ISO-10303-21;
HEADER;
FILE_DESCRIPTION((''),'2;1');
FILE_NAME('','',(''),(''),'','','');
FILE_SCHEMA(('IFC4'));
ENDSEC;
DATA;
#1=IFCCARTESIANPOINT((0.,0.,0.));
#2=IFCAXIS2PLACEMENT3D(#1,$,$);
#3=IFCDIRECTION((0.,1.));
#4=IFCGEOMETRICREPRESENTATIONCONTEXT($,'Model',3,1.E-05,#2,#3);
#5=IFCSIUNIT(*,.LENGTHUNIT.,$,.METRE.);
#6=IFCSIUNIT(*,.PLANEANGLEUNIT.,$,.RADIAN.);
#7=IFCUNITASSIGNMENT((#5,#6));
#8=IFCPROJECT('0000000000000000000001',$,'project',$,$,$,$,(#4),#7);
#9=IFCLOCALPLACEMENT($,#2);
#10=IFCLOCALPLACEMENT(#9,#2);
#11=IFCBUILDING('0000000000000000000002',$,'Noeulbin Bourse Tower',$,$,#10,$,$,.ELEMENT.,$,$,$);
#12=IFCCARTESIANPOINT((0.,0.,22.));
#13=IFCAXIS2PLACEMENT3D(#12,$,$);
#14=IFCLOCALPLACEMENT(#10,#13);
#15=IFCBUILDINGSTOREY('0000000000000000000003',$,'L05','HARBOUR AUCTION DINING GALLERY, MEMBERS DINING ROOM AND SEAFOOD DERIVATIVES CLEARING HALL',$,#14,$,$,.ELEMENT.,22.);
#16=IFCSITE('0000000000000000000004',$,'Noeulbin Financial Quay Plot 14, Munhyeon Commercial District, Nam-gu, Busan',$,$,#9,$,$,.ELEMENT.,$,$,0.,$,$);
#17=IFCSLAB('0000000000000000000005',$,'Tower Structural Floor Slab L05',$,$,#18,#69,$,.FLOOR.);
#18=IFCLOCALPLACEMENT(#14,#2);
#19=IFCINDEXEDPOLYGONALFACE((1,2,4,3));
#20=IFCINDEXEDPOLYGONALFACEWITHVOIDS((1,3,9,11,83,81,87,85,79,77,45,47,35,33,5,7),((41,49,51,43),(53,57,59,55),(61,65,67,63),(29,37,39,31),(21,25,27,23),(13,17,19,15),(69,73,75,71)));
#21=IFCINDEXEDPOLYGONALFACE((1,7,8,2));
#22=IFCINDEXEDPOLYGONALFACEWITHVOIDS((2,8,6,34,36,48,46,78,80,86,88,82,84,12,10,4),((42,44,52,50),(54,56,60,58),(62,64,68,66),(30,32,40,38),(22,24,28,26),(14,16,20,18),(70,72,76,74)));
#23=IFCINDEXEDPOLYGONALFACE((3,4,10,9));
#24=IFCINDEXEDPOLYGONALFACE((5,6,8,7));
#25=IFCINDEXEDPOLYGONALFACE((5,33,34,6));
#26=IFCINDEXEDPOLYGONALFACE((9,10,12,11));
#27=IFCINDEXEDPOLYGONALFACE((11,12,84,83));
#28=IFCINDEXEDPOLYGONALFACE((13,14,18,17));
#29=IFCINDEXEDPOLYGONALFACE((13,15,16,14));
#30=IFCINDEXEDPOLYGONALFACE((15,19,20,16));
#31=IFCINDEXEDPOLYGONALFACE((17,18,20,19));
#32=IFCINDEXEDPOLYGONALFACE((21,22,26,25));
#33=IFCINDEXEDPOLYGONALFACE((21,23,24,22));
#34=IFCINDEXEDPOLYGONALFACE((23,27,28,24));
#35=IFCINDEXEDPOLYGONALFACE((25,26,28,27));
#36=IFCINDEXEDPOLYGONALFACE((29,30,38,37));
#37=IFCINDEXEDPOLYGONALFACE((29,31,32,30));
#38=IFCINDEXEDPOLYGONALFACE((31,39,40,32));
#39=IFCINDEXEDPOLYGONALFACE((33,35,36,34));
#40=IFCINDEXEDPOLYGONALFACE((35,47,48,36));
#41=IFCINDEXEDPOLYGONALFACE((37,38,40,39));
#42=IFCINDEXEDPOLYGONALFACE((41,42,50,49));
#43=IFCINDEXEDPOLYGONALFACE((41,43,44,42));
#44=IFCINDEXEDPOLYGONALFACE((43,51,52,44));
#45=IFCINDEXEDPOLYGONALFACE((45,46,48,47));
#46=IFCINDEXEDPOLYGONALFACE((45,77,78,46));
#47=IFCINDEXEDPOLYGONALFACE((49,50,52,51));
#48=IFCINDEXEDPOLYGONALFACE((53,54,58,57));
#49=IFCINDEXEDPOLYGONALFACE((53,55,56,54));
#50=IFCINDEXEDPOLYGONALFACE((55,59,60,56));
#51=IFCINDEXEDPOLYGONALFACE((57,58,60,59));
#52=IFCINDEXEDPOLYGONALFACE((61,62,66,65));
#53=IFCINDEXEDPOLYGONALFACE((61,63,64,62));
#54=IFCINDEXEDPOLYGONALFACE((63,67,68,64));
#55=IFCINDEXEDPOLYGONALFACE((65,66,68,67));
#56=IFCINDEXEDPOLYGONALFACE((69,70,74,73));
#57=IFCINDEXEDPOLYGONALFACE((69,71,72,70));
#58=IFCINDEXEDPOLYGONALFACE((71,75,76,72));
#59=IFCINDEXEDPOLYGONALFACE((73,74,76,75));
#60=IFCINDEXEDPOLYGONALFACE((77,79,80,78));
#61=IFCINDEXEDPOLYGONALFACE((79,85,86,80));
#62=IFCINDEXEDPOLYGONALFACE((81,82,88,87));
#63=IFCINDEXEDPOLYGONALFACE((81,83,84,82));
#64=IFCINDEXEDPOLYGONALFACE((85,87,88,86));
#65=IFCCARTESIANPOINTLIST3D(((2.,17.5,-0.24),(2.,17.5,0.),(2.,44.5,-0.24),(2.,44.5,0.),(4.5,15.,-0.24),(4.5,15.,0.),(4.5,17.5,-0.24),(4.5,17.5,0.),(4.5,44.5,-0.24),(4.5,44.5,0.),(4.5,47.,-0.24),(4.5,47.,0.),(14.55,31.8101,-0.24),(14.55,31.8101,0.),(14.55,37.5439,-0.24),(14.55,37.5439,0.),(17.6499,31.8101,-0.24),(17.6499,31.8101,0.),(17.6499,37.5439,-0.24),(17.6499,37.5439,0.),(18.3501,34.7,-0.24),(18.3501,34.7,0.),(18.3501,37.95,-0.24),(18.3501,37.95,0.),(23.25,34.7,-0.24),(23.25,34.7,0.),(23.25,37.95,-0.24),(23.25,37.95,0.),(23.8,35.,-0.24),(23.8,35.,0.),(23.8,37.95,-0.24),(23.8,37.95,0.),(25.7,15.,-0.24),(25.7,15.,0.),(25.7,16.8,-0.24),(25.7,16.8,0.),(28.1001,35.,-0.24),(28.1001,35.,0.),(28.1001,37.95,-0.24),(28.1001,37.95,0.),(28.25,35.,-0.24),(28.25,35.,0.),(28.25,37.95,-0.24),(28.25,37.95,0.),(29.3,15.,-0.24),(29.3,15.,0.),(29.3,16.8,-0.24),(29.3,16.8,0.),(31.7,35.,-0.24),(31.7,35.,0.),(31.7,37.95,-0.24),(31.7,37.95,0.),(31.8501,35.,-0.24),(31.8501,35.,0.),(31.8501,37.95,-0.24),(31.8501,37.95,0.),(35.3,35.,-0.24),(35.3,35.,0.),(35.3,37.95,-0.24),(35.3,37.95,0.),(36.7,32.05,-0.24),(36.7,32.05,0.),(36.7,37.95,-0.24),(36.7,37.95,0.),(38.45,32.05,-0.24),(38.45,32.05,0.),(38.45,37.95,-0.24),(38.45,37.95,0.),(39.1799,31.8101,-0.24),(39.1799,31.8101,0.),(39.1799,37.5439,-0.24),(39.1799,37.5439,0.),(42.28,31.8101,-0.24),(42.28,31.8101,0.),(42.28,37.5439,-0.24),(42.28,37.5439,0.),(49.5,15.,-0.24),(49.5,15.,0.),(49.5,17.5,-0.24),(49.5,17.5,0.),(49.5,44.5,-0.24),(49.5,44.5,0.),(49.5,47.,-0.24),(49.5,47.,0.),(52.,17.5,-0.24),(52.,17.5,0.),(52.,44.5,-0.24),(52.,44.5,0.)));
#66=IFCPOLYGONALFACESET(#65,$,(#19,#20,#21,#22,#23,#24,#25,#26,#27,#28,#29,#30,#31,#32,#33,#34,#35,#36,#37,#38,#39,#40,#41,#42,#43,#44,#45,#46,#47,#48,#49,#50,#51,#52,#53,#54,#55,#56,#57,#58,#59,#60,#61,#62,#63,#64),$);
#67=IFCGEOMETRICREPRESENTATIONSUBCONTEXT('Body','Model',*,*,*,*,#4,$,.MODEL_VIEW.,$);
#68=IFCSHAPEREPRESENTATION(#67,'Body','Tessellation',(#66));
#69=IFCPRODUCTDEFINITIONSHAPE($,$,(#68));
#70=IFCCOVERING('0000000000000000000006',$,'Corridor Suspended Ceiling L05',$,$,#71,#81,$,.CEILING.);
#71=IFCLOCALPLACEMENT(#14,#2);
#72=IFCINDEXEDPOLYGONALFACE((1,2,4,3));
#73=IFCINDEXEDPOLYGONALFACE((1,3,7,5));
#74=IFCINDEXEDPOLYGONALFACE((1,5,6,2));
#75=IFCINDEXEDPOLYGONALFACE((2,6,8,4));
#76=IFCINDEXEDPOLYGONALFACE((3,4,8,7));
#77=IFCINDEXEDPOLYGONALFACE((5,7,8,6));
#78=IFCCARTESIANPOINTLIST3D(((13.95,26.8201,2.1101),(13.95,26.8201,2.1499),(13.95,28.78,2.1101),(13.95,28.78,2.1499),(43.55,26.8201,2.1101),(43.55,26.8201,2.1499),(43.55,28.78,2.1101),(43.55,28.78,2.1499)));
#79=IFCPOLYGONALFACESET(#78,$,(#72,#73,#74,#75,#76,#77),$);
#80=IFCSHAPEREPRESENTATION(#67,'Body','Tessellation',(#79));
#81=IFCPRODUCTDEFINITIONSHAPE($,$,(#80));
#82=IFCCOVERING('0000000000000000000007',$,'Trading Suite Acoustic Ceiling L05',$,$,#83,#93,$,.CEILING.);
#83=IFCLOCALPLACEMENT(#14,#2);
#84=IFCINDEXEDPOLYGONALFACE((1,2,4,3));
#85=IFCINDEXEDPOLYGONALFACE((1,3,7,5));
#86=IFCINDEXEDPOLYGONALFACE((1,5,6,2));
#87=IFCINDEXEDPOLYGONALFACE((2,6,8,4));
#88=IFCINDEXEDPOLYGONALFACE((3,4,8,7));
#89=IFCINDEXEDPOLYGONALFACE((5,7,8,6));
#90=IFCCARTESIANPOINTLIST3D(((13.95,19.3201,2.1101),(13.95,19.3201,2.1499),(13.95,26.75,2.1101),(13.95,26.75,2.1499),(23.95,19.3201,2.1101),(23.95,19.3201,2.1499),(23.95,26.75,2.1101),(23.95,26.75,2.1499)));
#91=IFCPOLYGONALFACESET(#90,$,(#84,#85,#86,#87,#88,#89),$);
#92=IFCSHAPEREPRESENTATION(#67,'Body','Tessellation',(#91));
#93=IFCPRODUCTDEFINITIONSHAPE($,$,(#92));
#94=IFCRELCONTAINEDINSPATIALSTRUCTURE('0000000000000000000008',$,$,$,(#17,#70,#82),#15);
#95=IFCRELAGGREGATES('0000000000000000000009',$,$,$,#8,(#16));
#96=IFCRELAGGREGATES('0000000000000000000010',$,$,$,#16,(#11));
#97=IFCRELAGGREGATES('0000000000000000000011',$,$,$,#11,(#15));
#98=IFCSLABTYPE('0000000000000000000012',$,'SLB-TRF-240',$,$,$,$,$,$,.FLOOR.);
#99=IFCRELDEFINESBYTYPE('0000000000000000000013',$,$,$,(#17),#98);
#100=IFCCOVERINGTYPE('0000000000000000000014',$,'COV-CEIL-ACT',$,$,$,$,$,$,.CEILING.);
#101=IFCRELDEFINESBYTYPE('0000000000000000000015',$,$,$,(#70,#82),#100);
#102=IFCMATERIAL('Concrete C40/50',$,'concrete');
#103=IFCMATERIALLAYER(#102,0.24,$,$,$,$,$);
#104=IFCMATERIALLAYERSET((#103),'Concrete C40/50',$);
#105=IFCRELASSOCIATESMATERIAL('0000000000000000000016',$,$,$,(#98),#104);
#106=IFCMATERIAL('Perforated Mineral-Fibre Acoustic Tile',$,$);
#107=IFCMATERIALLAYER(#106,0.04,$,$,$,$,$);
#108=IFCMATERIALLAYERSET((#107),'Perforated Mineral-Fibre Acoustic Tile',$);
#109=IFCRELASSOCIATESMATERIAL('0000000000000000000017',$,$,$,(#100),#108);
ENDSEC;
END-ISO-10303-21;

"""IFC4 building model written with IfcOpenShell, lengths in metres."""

from ifc_helpers import new_model, si_unit, direction, frame, origin, place, context, subcontext, project, spatial, polyline, outline, extrude, material, layer, layer_set, type_object, element, save


model = new_model("IFC4")

# Units and contexts
model_context = context("Model", 3, precision=1e-05, world=origin(), true_north=direction((0.0, 1.0)))
body_context = subcontext(model_context, "Body", "Model", "MODEL_VIEW")
ifc_project = project(units=[si_unit("LENGTHUNIT", "METRE"), si_unit("PLANEANGLEUNIT", "RADIAN")], contexts=[model_context])

# Site, building, storey
site_placement = place(None, origin())
site = spatial("IfcSite", under=ifc_project, at=site_placement, Name="Noeulbin Financial Quay Plot 14, Munhyeon Commercial District, Nam-gu, Busan", CompositionType="ELEMENT", RefElevation=0.0)
building_placement = place(site_placement, origin())
building = spatial("IfcBuilding", under=site, at=building_placement, Name="Noeulbin Bourse Tower", CompositionType="ELEMENT")
storey_placement = place(building_placement, frame((0.0, 0.0, 22.0)))
storey = spatial("IfcBuildingStorey", under=building, at=storey_placement, Name="L05", Description="HARBOUR AUCTION DINING GALLERY, MEMBERS DINING ROOM AND SEAFOOD DERIVATIVES CLEARING HALL", CompositionType="ELEMENT", Elevation=22.0)

# Shared definitions
ifc_material_1 = material(Name="Concrete C40/50", Category="concrete")

# Slab, openings
ifc_layer_1 = layer(ifc_material_1, 0.24)
ifc_layer_set_1 = layer_set([ifc_layer_1], Name="Concrete C40/50")
slab_type_1 = type_object("IfcSlabType", Name="SLB-TRF-240", PredefinedType="FLOOR", material=ifc_layer_set_1)
slab_1_placement = place(storey_placement, frame((0.0, 0.0, -0.24)))
slab_1 = element("IfcSlab", 1, at=slab_1_placement, inside=storey, type_object=slab_type_1, Name="Tower Structural Floor Slab L05", PredefinedType="FLOOR", context=body_context, shape_type="SweptSolid", body=[
    extrude(outline(polyline([(4.5, 15.0), (25.7, 15.0), (25.7, 16.8), (29.3, 16.8), (29.3, 15.0), (49.5, 15.0), (49.5, 17.5), (52.0, 17.5), (52.0, 44.5), (49.5, 44.5), (49.5, 47.0), (4.5, 47.0), (4.5, 44.5), (2.0, 44.5), (2.0, 17.5), (4.5, 17.5), (4.5, 15.0)]), holes=[polyline([(17.6499, 31.8101), (17.6499, 37.5439), (14.55, 37.5439), (14.55, 31.8101), (17.6499, 31.8101)]), polyline([(42.28, 31.8101), (42.28, 37.5439), (39.1799, 37.5439), (39.1799, 31.8101), (42.28, 31.8101)]), polyline([(18.3501, 34.7), (23.25, 34.7), (23.25, 37.95), (18.3501, 37.95), (18.3501, 34.7)]), polyline([(36.7, 32.05), (38.45, 32.05), (38.45, 37.95), (36.7, 37.95), (36.7, 32.05)]), polyline([(23.8, 35.0), (28.1001, 35.0), (28.1001, 37.95), (23.8, 37.95), (23.8, 35.0)]), polyline([(28.25, 35.0), (31.7, 35.0), (31.7, 37.95), (28.25, 37.95), (28.25, 35.0)]), polyline([(31.8501, 35.0), (35.3, 35.0), (35.3, 37.95), (31.8501, 37.95), (31.8501, 35.0)])]), origin(), (0.0, 0.0, 1.0), 0.24),
])
opening_1_placement = place(slab_1_placement, frame((0.0, 0.0, -0.01)))
element("IfcOpeningElement", 2, at=opening_1_placement, cuts=slab_1, PredefinedType="OPENING", context=body_context, shape_type="SweptSolid", body=[
    extrude(outline(polyline([(17.6499, 31.8101), (17.6499, 37.5439), (14.55, 37.5439), (14.55, 31.8101), (17.6499, 31.8101)])), origin(), (0.0, 0.0, 1.0), 0.26),
])
opening_2_placement = place(slab_1_placement, frame((0.0, 0.0, -0.01)))
element("IfcOpeningElement", 3, at=opening_2_placement, cuts=slab_1, PredefinedType="OPENING", context=body_context, shape_type="SweptSolid", body=[
    extrude(outline(polyline([(42.28, 31.8101), (42.28, 37.5439), (39.1799, 37.5439), (39.1799, 31.8101), (42.28, 31.8101)])), origin(), (0.0, 0.0, 1.0), 0.26),
])
opening_3_placement = place(slab_1_placement, frame((0.0, 0.0, -0.01)))
element("IfcOpeningElement", 4, at=opening_3_placement, cuts=slab_1, PredefinedType="OPENING", context=body_context, shape_type="SweptSolid", body=[
    extrude(outline(polyline([(18.3501, 34.7), (23.25, 34.7), (23.25, 37.95), (18.3501, 37.95), (18.3501, 34.7)])), origin(), (0.0, 0.0, 1.0), 0.26),
])
opening_4_placement = place(slab_1_placement, frame((0.0, 0.0, -0.01)))
element("IfcOpeningElement", 5, at=opening_4_placement, cuts=slab_1, PredefinedType="OPENING", context=body_context, shape_type="SweptSolid", body=[
    extrude(outline(polyline([(36.7, 32.05), (38.45, 32.05), (38.45, 37.95), (36.7, 37.95), (36.7, 32.05)])), origin(), (0.0, 0.0, 1.0), 0.26),
])
opening_5_placement = place(slab_1_placement, frame((0.0, 0.0, -0.01)))
element("IfcOpeningElement", 6, at=opening_5_placement, cuts=slab_1, PredefinedType="OPENING", context=body_context, shape_type="SweptSolid", body=[
    extrude(outline(polyline([(23.8, 35.0), (28.1001, 35.0), (28.1001, 37.95), (23.8, 37.95), (23.8, 35.0)])), origin(), (0.0, 0.0, 1.0), 0.26),
])
opening_6_placement = place(slab_1_placement, frame((0.0, 0.0, -0.01)))
element("IfcOpeningElement", 7, at=opening_6_placement, cuts=slab_1, PredefinedType="OPENING", context=body_context, shape_type="SweptSolid", body=[
    extrude(outline(polyline([(28.25, 35.0), (31.7, 35.0), (31.7, 37.95), (28.25, 37.95), (28.25, 35.0)])), origin(), (0.0, 0.0, 1.0), 0.26),
])
opening_7_placement = place(slab_1_placement, frame((0.0, 0.0, -0.01)))
element("IfcOpeningElement", 8, at=opening_7_placement, cuts=slab_1, PredefinedType="OPENING", context=body_context, shape_type="SweptSolid", body=[
    extrude(outline(polyline([(31.8501, 35.0), (35.3, 35.0), (35.3, 37.95), (31.8501, 37.95), (31.8501, 35.0)])), origin(), (0.0, 0.0, 1.0), 0.26),
])

# Coverings
ifc_material_2 = material(Name="Perforated Mineral-Fibre Acoustic Tile")
ifc_layer_2 = layer(ifc_material_2, 0.04)
ifc_layer_set_2 = layer_set([ifc_layer_2], Name="Perforated Mineral-Fibre Acoustic Tile")
covering_type = type_object("IfcCoveringType", Name="COV-CEIL-ACT", PredefinedType="CEILING", material=ifc_layer_set_2)
covering_1_placement = place(storey_placement, frame((0.0, 0.0, 2.1101)))
element("IfcCovering", 9, at=covering_1_placement, inside=storey, type_object=covering_type, Name="Corridor Suspended Ceiling L05", PredefinedType="CEILING", context=body_context, shape_type="SweptSolid", body=[
    extrude(outline(polyline([(13.95, 26.8201), (43.55, 26.8201), (43.55, 28.78), (13.95, 28.78), (13.95, 26.8201)])), origin(), (0.0, 0.0, 1.0), 0.0398),
])
covering_2_placement = place(storey_placement, frame((0.0, 0.0, 2.1101)))
element("IfcCovering", 10, at=covering_2_placement, inside=storey, type_object=covering_type, Name="Trading Suite Acoustic Ceiling L05", PredefinedType="CEILING", context=body_context, shape_type="SweptSolid", body=[
    extrude(outline(polyline([(13.95, 19.3201), (23.95, 19.3201), (23.95, 26.75), (13.95, 26.75), (13.95, 19.3201)])), origin(), (0.0, 0.0, 1.0), 0.0398),
])

save(model, "model.ifc")
